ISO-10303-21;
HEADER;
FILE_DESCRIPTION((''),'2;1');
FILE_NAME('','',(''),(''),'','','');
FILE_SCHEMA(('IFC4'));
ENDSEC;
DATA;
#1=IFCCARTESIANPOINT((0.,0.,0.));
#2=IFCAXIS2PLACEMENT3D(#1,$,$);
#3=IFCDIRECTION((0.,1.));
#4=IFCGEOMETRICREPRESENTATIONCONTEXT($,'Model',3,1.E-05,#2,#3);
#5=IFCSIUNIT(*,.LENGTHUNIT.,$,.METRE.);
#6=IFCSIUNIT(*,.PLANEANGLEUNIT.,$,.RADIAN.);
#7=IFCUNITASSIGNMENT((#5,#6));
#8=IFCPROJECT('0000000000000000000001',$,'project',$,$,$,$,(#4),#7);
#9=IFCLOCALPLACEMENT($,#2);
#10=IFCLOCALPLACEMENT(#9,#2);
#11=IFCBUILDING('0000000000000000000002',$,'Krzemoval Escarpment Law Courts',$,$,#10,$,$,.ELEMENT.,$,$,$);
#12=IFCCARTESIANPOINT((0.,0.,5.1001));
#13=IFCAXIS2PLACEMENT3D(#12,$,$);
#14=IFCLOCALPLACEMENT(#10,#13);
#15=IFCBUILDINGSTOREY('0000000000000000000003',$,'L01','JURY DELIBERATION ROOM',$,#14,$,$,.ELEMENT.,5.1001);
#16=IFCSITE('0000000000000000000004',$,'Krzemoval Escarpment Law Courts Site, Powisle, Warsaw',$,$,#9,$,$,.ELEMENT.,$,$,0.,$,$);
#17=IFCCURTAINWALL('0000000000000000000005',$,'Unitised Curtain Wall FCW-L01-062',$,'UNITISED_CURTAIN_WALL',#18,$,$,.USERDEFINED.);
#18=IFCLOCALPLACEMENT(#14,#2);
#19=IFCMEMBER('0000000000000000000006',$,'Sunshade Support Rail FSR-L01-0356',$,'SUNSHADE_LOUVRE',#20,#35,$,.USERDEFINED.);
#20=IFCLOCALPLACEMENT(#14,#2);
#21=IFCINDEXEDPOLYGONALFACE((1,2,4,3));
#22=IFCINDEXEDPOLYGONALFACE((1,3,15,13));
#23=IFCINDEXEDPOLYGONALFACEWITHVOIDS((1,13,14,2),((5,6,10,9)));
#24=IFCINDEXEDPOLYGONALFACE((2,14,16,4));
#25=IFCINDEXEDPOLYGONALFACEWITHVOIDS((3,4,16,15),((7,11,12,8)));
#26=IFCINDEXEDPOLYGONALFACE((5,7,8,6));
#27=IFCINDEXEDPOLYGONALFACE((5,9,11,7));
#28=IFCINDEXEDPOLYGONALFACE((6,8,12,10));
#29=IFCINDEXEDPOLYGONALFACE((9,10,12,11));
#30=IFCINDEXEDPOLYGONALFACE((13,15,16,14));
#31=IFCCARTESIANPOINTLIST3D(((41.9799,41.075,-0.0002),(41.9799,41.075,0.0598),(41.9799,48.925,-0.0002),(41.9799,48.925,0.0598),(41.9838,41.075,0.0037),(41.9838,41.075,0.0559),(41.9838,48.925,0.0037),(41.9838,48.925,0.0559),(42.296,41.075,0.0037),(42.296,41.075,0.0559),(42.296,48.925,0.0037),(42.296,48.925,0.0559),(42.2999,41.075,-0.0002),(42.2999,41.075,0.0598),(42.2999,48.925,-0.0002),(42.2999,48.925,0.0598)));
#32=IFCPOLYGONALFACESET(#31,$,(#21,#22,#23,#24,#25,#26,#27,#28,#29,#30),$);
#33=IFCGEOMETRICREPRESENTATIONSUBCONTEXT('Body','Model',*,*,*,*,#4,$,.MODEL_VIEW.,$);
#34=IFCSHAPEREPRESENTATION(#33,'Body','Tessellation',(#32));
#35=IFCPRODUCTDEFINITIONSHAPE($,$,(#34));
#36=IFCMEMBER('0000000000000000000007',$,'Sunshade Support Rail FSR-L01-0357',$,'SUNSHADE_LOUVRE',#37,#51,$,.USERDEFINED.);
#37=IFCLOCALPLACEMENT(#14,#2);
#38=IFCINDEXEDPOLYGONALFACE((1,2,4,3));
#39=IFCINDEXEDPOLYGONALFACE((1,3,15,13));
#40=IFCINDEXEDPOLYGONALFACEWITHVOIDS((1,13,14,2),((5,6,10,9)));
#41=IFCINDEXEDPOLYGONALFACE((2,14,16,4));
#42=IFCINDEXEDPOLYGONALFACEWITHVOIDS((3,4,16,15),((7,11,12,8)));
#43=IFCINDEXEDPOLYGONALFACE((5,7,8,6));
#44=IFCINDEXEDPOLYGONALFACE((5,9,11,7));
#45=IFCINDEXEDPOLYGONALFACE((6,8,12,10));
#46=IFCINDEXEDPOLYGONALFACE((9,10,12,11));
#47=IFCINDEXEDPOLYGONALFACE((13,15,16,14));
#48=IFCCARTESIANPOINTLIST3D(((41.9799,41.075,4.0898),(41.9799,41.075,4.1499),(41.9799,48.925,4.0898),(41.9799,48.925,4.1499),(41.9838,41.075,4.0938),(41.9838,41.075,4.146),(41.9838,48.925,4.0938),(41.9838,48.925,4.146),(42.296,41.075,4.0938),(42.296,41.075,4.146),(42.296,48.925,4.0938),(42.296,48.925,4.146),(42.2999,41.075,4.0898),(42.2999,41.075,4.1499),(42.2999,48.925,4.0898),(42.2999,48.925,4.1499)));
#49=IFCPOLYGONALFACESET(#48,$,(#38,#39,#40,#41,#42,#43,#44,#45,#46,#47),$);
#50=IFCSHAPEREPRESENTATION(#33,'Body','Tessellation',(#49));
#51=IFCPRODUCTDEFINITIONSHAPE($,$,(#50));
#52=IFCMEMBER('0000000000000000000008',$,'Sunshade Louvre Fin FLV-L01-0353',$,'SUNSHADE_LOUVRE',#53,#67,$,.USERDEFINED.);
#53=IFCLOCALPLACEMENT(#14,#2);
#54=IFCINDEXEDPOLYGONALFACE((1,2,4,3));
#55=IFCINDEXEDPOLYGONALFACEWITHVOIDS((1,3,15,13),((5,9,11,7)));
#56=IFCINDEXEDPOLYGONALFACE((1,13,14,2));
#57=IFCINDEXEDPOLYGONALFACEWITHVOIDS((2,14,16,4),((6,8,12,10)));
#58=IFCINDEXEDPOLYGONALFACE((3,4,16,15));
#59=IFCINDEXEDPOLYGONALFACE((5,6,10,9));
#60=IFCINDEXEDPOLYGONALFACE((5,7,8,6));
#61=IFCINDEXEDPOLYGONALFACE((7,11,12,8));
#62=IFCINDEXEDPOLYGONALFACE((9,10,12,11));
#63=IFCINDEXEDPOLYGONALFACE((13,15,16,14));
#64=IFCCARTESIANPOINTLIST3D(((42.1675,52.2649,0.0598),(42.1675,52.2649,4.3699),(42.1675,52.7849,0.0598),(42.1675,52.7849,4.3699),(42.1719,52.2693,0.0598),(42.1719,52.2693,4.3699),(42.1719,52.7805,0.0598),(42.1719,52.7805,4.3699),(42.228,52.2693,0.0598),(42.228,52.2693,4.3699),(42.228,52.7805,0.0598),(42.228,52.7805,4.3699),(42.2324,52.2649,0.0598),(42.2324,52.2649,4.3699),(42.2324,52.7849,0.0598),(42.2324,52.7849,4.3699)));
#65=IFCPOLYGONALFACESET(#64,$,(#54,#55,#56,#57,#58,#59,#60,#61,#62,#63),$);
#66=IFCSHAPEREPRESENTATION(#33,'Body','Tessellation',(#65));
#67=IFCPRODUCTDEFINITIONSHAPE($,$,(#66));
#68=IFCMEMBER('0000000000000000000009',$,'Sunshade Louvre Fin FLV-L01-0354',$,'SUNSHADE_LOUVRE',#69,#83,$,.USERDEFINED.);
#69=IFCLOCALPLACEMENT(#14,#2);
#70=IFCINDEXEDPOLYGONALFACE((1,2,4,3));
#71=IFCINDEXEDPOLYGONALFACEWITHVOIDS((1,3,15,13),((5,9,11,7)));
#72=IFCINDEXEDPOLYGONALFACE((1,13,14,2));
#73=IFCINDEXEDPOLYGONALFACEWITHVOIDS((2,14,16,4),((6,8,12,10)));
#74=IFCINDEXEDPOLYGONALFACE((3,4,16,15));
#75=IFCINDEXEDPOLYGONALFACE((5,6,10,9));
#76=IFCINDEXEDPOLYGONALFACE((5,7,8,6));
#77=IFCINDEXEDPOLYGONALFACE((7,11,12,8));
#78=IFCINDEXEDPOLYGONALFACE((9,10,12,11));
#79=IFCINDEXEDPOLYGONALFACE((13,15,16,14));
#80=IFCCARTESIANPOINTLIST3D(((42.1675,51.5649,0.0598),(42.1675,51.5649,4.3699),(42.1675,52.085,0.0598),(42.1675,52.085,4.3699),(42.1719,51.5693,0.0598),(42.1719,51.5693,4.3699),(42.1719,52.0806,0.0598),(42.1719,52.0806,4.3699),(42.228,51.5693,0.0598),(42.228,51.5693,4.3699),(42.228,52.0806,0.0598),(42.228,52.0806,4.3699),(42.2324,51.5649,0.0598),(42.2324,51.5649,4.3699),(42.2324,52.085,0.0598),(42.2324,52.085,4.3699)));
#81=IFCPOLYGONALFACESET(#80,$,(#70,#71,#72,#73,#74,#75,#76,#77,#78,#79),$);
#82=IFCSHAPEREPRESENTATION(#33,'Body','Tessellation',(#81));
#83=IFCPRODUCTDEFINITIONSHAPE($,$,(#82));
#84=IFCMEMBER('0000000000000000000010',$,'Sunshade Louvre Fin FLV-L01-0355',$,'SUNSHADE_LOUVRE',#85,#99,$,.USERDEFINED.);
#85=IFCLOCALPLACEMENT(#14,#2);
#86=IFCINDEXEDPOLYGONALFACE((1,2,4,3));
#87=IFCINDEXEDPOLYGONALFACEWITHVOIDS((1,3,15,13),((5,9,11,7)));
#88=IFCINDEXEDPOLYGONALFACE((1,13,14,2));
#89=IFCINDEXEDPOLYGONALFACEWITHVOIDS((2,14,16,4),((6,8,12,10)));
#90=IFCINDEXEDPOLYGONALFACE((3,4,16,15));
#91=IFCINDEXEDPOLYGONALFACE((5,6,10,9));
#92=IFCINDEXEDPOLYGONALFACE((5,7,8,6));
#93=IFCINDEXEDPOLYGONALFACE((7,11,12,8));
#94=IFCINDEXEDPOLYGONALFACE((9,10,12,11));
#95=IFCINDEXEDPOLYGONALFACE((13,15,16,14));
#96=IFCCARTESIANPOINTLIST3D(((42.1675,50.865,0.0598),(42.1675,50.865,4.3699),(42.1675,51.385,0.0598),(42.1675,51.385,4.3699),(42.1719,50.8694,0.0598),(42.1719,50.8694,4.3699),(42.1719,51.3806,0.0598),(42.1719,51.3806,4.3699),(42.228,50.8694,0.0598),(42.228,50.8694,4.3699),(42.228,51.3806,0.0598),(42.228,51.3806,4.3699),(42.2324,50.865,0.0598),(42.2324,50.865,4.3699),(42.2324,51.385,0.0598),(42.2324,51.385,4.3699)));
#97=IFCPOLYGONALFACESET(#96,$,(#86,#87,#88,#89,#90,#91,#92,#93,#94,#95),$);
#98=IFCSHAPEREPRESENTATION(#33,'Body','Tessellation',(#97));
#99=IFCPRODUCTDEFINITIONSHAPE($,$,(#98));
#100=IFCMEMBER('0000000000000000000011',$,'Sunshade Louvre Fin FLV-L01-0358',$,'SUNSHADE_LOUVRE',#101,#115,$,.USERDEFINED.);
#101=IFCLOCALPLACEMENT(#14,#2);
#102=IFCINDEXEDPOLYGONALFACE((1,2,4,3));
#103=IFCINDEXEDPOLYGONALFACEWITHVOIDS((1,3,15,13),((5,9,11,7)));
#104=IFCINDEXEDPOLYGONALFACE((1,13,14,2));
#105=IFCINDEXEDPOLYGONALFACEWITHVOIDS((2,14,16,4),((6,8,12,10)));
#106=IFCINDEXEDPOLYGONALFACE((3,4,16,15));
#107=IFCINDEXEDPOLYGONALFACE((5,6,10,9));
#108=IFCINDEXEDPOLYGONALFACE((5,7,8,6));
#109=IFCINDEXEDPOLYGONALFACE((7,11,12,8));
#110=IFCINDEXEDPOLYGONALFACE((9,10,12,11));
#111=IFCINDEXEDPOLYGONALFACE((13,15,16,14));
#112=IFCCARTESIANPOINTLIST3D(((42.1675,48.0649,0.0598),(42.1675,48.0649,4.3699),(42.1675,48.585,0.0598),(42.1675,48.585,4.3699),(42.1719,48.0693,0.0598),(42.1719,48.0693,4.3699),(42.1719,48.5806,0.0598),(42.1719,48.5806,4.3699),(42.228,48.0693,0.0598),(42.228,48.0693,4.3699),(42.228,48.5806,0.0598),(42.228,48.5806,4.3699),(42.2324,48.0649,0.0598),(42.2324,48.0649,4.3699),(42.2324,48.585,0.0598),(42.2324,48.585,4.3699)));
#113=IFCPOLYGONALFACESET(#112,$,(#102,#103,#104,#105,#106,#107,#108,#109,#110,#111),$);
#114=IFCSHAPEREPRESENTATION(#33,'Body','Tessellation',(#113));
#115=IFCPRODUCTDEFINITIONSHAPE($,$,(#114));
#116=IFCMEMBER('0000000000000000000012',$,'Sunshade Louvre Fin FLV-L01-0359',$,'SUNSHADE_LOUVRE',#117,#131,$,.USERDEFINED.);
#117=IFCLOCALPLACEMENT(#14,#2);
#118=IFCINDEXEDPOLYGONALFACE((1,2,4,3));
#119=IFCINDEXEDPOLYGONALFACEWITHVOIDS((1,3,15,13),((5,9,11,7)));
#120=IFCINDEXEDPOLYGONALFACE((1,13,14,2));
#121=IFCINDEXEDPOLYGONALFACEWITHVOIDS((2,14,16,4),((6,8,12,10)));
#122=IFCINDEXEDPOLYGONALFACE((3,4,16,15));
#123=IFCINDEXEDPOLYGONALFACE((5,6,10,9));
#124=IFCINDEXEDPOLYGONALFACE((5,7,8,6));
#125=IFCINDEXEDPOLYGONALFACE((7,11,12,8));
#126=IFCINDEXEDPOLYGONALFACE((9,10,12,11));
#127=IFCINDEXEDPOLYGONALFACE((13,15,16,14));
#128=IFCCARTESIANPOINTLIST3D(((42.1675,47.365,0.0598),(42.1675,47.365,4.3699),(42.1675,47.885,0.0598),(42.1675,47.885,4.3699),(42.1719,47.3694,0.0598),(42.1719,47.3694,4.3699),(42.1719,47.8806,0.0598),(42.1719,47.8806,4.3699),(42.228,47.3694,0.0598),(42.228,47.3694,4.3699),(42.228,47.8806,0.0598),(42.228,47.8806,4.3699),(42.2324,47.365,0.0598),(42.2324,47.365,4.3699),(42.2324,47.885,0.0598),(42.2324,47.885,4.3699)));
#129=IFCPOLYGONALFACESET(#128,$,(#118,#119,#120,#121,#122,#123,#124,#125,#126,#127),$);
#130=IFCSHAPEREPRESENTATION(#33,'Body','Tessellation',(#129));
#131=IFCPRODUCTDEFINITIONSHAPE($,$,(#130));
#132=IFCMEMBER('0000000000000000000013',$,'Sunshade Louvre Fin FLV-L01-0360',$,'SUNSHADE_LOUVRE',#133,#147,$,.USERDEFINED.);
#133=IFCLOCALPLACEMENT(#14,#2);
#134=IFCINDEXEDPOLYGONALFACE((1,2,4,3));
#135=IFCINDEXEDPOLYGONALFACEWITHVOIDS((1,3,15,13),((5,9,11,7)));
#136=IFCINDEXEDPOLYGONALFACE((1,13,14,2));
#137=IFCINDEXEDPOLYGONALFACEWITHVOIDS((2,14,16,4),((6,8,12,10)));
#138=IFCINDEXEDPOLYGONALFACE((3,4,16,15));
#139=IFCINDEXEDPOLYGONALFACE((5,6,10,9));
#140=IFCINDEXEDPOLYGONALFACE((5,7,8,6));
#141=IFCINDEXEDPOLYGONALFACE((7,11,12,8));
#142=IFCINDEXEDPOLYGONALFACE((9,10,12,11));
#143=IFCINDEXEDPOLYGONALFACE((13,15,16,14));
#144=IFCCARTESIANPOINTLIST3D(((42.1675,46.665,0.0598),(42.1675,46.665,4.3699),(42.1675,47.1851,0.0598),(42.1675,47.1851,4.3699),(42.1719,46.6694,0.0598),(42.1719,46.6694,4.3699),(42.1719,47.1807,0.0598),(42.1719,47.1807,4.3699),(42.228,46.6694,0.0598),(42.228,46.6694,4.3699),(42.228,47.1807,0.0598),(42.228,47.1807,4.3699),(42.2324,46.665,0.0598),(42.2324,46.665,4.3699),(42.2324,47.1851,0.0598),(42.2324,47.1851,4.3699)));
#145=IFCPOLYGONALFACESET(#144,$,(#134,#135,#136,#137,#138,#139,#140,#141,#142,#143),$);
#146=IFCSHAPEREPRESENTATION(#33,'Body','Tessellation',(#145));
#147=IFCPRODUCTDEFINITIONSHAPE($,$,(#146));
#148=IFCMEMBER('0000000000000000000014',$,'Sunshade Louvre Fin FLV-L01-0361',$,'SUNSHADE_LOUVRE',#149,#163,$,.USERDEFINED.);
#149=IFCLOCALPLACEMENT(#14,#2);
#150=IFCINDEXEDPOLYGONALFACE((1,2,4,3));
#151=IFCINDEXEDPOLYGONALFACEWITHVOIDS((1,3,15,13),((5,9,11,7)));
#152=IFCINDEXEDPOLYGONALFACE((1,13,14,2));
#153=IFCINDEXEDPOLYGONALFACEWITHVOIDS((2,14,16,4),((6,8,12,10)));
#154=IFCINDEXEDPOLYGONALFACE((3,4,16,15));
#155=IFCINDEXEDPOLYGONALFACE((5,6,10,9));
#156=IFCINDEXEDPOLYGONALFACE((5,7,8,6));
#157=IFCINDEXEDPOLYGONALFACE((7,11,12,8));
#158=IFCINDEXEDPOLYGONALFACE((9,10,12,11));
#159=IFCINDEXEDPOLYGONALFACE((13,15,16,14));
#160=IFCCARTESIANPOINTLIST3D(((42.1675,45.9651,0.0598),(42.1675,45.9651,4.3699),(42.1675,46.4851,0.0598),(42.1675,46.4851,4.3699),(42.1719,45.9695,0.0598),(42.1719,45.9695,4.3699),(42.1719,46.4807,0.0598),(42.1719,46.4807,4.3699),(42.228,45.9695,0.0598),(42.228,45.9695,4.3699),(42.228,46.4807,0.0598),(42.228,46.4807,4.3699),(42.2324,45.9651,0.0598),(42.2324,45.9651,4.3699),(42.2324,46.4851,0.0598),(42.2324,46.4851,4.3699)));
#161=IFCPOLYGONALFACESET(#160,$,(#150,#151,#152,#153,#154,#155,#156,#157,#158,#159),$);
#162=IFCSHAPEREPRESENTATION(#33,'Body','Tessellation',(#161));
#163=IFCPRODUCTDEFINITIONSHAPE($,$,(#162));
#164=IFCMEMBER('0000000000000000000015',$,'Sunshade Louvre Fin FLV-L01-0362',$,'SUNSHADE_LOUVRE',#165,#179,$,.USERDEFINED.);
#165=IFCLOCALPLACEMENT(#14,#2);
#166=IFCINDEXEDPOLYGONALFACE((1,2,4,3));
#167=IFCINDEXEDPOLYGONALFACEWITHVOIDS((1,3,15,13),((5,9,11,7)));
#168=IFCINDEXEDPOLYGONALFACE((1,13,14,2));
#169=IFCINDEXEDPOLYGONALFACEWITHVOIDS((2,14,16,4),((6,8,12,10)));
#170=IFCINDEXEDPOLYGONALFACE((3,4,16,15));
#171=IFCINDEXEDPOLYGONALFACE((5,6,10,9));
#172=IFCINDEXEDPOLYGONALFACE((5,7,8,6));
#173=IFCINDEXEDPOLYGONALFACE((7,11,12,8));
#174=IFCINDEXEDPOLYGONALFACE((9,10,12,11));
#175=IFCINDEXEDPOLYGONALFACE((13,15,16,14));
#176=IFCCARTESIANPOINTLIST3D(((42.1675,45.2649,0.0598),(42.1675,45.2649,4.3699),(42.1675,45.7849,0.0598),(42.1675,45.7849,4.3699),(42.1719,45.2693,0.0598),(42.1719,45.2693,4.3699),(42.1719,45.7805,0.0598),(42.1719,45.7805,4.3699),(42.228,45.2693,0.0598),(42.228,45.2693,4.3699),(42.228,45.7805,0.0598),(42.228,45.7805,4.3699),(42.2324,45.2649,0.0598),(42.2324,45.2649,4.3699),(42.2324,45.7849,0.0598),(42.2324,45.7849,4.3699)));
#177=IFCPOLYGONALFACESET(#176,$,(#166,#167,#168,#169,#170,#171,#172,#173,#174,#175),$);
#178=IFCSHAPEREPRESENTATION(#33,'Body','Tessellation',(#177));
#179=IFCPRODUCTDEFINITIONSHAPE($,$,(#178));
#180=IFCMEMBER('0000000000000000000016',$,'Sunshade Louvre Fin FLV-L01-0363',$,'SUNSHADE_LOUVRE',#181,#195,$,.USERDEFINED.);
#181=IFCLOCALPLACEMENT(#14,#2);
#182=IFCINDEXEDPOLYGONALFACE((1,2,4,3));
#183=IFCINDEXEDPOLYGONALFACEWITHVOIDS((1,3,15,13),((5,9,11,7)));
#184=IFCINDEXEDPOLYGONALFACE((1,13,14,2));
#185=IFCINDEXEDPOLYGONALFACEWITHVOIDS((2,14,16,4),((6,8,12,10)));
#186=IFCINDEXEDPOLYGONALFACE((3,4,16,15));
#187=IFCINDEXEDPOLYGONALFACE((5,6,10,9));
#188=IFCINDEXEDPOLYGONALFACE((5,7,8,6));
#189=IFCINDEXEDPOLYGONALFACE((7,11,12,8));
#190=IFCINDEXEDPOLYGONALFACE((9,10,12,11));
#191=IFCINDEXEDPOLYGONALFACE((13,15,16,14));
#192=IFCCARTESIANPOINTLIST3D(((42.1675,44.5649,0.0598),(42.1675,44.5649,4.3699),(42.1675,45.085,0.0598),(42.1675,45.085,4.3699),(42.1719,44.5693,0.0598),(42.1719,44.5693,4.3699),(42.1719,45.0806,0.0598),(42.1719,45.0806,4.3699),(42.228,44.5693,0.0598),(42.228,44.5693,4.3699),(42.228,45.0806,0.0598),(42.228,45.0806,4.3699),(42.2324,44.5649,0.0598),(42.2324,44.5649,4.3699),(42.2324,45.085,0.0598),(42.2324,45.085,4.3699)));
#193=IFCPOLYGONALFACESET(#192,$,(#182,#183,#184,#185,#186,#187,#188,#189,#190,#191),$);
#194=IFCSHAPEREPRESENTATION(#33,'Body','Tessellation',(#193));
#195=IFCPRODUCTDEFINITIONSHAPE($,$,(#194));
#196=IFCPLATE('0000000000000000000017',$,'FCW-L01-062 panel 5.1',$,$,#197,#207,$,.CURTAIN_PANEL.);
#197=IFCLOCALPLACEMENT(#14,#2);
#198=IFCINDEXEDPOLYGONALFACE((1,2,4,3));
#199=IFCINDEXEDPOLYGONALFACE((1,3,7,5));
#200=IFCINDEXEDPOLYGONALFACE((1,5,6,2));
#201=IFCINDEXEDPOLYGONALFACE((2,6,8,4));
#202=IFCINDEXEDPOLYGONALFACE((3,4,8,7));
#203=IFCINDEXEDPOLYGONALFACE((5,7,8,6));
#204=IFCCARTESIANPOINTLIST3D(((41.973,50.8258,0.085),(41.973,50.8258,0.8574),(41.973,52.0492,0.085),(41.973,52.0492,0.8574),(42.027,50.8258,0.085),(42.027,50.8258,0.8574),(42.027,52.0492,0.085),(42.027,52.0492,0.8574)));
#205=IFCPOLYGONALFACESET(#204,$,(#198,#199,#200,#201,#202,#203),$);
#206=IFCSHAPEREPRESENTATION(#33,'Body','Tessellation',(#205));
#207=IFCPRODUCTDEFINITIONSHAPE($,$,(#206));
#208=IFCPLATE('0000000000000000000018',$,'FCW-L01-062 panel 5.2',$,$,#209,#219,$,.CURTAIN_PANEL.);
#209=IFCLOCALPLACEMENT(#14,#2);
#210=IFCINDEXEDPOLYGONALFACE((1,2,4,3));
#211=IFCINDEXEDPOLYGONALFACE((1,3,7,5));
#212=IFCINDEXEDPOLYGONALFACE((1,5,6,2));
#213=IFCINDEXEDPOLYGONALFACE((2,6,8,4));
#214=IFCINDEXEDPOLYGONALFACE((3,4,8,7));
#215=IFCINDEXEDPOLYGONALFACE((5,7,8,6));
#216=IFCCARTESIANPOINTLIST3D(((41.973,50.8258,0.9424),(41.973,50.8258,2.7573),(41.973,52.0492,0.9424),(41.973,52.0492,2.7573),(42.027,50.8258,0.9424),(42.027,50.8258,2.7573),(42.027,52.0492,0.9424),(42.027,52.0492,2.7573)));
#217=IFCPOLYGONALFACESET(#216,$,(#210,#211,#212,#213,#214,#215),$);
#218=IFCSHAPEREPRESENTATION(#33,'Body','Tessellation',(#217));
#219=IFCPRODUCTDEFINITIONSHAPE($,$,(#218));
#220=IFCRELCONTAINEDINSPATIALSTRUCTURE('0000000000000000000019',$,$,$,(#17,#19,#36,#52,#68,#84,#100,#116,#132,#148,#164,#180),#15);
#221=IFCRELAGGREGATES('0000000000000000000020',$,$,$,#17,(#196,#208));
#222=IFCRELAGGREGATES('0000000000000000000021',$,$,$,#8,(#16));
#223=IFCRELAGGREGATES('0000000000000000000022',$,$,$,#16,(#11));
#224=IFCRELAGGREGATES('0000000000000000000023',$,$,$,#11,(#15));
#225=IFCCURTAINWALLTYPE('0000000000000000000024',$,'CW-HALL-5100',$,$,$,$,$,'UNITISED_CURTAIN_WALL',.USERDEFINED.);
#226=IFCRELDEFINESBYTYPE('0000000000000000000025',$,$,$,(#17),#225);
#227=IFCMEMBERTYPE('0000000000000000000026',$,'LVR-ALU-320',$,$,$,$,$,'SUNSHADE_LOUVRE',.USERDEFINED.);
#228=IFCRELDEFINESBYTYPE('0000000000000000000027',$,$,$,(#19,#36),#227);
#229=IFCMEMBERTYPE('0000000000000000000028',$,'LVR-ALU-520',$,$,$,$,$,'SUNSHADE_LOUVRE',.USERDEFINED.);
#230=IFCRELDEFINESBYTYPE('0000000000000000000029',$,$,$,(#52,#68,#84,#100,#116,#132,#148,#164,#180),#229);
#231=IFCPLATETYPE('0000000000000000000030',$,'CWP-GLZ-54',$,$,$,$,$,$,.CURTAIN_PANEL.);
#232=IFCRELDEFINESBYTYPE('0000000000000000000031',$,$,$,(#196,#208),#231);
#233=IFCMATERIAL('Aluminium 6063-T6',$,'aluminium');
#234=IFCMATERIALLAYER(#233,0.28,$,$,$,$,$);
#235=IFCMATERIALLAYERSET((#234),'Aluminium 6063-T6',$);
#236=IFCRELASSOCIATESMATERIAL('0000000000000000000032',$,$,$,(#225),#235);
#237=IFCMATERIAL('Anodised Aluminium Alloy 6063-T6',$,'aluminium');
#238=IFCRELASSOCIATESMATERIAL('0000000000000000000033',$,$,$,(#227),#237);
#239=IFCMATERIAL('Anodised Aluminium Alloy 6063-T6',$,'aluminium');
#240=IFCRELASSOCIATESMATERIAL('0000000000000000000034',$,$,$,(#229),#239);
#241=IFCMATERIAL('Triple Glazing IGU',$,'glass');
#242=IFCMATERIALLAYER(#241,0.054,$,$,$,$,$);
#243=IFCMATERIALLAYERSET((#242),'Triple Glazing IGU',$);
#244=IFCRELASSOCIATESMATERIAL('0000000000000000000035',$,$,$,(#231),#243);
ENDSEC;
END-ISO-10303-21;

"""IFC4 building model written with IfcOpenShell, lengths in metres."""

from ifc_helpers import new_model, si_unit, direction, frame, origin, origin_2d, place, context, subcontext, project, spatial, rectangle, hollow_rectangle, extrude, material, layer, layer_set, material_profile, profile_set, type_object, element, aggregate, save


model = new_model("IFC4")

# Units and contexts
model_context = context("Model", 3, precision=1e-05, world=origin(), true_north=direction((0.0, 1.0)))
body_context = subcontext(model_context, "Body", "Model", "MODEL_VIEW")
ifc_project = project(units=[si_unit("LENGTHUNIT", "METRE"), si_unit("PLANEANGLEUNIT", "RADIAN")], contexts=[model_context])

# Site, building, storey
site_placement = place(None, origin())
site = spatial("IfcSite", under=ifc_project, at=site_placement, Name="Krzemoval Escarpment Law Courts Site, Powisle, Warsaw", CompositionType="ELEMENT", RefElevation=0.0)
building_placement = place(site_placement, origin())
building = spatial("IfcBuilding", under=site, at=building_placement, Name="Krzemoval Escarpment Law Courts", CompositionType="ELEMENT")
storey_placement = place(building_placement, frame((0.0, 0.0, 5.1001)))
storey = spatial("IfcBuildingStorey", under=building, at=storey_placement, Name="L01", Description="JURY DELIBERATION ROOM", CompositionType="ELEMENT", Elevation=5.1001)

# Curtain wall
ifc_material_1 = material(Name="Aluminium 6063-T6", Category="aluminium")
ifc_layer_1 = layer(ifc_material_1, 0.28)
ifc_layer_set_1 = layer_set([ifc_layer_1], Name="Aluminium 6063-T6")
curtain_wall_type = type_object("IfcCurtainWallType", Name="CW-HALL-5100", ElementType="UNITISED_CURTAIN_WALL", PredefinedType="USERDEFINED", material=ifc_layer_set_1)
curtain_wall_placement = place(storey_placement, origin())
curtain_wall = element("IfcCurtainWall", 1, at=curtain_wall_placement, inside=storey, type_object=curtain_wall_type, Name="Unitised Curtain Wall FCW-L01-062", ObjectType="UNITISED_CURTAIN_WALL", PredefinedType="USERDEFINED")

# Members
ifc_material_2 = material(Name="Anodised Aluminium Alloy 6063-T6", Category="aluminium")
ifc_material_profile_1 = material_profile(ifc_material_2, hollow_rectangle(XDim=0.0601, YDim=0.3201, WallThickness=0.0039, at=origin_2d()), Name="ALU LVR 60x320")
ifc_profile_set_1 = profile_set([ifc_material_profile_1], Name="Anodised Aluminium Alloy 6063-T6")
member_type_1 = type_object("IfcMemberType", Name="LVR-ALU-320", ElementType="SUNSHADE_LOUVRE", PredefinedType="USERDEFINED", material=ifc_profile_set_1)
for number, where, z_axis, x_axis, name in (
    (2, (42.1399, 48.925, 0.0298), (0.0, -1.0, 0.0), (0.0, 0.0, 1.0), "Sunshade Support Rail FSR-L01-0356"),
    (3, (42.1399, 48.925, 4.1199), (0.0, -1.0, 0.0), (0.0, 0.0, 1.0), "Sunshade Support Rail FSR-L01-0357"),
):
    element("IfcMember", number, at=place(storey_placement, frame(where, z_axis=z_axis, x_axis=x_axis)), inside=storey, type_object=member_type_1, Name=name, ObjectType="SUNSHADE_LOUVRE", PredefinedType="USERDEFINED", context=body_context, shape_type="SweptSolid", body=[
        extrude(hollow_rectangle(XDim=0.0601, YDim=0.3201, WallThickness=0.0039, at=origin_2d()), origin(), (0.0, 0.0, 1.0), 7.8501),
    ])
ifc_material_3 = material(Name="Anodised Aluminium Alloy 6063-T6", Category="aluminium")
ifc_material_profile_2 = material_profile(ifc_material_3, hollow_rectangle(XDim=0.0649, YDim=0.52, WallThickness=0.0044, at=origin_2d()), Name="ALU LVR 65x520")
ifc_profile_set_2 = profile_set([ifc_material_profile_2], Name="Anodised Aluminium Alloy 6063-T6")
member_type_2 = type_object("IfcMemberType", Name="LVR-ALU-520", ElementType="SUNSHADE_LOUVRE", PredefinedType="USERDEFINED", material=ifc_profile_set_2)
for number, where, z_axis, x_axis, name in (
    (4, (42.2, 52.5249, 0.0598), (0.0, 0.0, 1.0), (1.0, 0.0, 0.0), "Sunshade Louvre Fin FLV-L01-0353"),
    (5, (42.2, 51.825, 0.0598), (0.0, 0.0, 1.0), (1.0, 0.0, 0.0), "Sunshade Louvre Fin FLV-L01-0354"),
    (6, (42.2, 51.125, 0.0598), (0.0, 0.0, 1.0), (1.0, 0.0, 0.0), "Sunshade Louvre Fin FLV-L01-0355"),
    (7, (42.2, 48.325, 0.0598), (0.0, 0.0, 1.0), (1.0, 0.0, 0.0), "Sunshade Louvre Fin FLV-L01-0358"),
    (8, (42.2, 47.625, 0.0598), (0.0, 0.0, 1.0), (1.0, 0.0, 0.0), "Sunshade Louvre Fin FLV-L01-0359"),
    (9, (42.2, 46.925, 0.0598), (0.0, 0.0, 1.0), (1.0, 0.0, 0.0), "Sunshade Louvre Fin FLV-L01-0360"),
    (10, (42.2, 46.2251, 0.0598), (0.0, 0.0, 1.0), (1.0, 0.0, 0.0), "Sunshade Louvre Fin FLV-L01-0361"),
    (11, (42.2, 45.5249, 0.0598), (0.0, 0.0, 1.0), (1.0, 0.0, 0.0), "Sunshade Louvre Fin FLV-L01-0362"),
    (12, (42.2, 44.825, 0.0598), (0.0, 0.0, 1.0), (1.0, 0.0, 0.0), "Sunshade Louvre Fin FLV-L01-0363"),
):
    element("IfcMember", number, at=place(storey_placement, frame(where, z_axis=z_axis, x_axis=x_axis)), inside=storey, type_object=member_type_2, Name=name, ObjectType="SUNSHADE_LOUVRE", PredefinedType="USERDEFINED", context=body_context, shape_type="SweptSolid", body=[
        extrude(hollow_rectangle(XDim=0.0649, YDim=0.52, WallThickness=0.0044, at=origin_2d()), origin(), (0.0, 0.0, 1.0), 4.3101),
    ])

# Plates
ifc_material_4 = material(Name="Triple Glazing IGU", Category="glass")
ifc_layer_2 = layer(ifc_material_4, 0.054)
ifc_layer_set_2 = layer_set([ifc_layer_2], Name="Triple Glazing IGU")
plate_type = type_object("IfcPlateType", Name="CWP-GLZ-54", PredefinedType="CURTAIN_PANEL", material=ifc_layer_set_2)
plate_1_placement = place(storey_placement, frame((42.0, 51.4375, 0.085), z_axis=(0.0, 0.0, 1.0), x_axis=(0.0, -1.0, 0.0)))
plate_1 = element("IfcPlate", 13, at=plate_1_placement, type_object=plate_type, Name="FCW-L01-062 panel 5.1", PredefinedType="CURTAIN_PANEL", context=body_context, shape_type="SweptSolid", body=[
    extrude(rectangle(XDim=1.2234, YDim=0.054, at=origin_2d()), origin(), (0.0, 0.0, 1.0), 0.7725),
])
plate_2_placement = place(storey_placement, frame((42.0, 51.4375, 0.9424), z_axis=(0.0, 0.0, 1.0), x_axis=(0.0, -1.0, 0.0)))
plate_2 = element("IfcPlate", 14, at=plate_2_placement, type_object=plate_type, Name="FCW-L01-062 panel 5.2", PredefinedType="CURTAIN_PANEL", context=body_context, shape_type="SweptSolid", body=[
    extrude(rectangle(XDim=1.2234, YDim=0.054, at=origin_2d()), origin(), (0.0, 0.0, 1.0), 1.8149),
])
aggregate(curtain_wall, [plate_1, plate_2])

save(model, "model.ifc")
